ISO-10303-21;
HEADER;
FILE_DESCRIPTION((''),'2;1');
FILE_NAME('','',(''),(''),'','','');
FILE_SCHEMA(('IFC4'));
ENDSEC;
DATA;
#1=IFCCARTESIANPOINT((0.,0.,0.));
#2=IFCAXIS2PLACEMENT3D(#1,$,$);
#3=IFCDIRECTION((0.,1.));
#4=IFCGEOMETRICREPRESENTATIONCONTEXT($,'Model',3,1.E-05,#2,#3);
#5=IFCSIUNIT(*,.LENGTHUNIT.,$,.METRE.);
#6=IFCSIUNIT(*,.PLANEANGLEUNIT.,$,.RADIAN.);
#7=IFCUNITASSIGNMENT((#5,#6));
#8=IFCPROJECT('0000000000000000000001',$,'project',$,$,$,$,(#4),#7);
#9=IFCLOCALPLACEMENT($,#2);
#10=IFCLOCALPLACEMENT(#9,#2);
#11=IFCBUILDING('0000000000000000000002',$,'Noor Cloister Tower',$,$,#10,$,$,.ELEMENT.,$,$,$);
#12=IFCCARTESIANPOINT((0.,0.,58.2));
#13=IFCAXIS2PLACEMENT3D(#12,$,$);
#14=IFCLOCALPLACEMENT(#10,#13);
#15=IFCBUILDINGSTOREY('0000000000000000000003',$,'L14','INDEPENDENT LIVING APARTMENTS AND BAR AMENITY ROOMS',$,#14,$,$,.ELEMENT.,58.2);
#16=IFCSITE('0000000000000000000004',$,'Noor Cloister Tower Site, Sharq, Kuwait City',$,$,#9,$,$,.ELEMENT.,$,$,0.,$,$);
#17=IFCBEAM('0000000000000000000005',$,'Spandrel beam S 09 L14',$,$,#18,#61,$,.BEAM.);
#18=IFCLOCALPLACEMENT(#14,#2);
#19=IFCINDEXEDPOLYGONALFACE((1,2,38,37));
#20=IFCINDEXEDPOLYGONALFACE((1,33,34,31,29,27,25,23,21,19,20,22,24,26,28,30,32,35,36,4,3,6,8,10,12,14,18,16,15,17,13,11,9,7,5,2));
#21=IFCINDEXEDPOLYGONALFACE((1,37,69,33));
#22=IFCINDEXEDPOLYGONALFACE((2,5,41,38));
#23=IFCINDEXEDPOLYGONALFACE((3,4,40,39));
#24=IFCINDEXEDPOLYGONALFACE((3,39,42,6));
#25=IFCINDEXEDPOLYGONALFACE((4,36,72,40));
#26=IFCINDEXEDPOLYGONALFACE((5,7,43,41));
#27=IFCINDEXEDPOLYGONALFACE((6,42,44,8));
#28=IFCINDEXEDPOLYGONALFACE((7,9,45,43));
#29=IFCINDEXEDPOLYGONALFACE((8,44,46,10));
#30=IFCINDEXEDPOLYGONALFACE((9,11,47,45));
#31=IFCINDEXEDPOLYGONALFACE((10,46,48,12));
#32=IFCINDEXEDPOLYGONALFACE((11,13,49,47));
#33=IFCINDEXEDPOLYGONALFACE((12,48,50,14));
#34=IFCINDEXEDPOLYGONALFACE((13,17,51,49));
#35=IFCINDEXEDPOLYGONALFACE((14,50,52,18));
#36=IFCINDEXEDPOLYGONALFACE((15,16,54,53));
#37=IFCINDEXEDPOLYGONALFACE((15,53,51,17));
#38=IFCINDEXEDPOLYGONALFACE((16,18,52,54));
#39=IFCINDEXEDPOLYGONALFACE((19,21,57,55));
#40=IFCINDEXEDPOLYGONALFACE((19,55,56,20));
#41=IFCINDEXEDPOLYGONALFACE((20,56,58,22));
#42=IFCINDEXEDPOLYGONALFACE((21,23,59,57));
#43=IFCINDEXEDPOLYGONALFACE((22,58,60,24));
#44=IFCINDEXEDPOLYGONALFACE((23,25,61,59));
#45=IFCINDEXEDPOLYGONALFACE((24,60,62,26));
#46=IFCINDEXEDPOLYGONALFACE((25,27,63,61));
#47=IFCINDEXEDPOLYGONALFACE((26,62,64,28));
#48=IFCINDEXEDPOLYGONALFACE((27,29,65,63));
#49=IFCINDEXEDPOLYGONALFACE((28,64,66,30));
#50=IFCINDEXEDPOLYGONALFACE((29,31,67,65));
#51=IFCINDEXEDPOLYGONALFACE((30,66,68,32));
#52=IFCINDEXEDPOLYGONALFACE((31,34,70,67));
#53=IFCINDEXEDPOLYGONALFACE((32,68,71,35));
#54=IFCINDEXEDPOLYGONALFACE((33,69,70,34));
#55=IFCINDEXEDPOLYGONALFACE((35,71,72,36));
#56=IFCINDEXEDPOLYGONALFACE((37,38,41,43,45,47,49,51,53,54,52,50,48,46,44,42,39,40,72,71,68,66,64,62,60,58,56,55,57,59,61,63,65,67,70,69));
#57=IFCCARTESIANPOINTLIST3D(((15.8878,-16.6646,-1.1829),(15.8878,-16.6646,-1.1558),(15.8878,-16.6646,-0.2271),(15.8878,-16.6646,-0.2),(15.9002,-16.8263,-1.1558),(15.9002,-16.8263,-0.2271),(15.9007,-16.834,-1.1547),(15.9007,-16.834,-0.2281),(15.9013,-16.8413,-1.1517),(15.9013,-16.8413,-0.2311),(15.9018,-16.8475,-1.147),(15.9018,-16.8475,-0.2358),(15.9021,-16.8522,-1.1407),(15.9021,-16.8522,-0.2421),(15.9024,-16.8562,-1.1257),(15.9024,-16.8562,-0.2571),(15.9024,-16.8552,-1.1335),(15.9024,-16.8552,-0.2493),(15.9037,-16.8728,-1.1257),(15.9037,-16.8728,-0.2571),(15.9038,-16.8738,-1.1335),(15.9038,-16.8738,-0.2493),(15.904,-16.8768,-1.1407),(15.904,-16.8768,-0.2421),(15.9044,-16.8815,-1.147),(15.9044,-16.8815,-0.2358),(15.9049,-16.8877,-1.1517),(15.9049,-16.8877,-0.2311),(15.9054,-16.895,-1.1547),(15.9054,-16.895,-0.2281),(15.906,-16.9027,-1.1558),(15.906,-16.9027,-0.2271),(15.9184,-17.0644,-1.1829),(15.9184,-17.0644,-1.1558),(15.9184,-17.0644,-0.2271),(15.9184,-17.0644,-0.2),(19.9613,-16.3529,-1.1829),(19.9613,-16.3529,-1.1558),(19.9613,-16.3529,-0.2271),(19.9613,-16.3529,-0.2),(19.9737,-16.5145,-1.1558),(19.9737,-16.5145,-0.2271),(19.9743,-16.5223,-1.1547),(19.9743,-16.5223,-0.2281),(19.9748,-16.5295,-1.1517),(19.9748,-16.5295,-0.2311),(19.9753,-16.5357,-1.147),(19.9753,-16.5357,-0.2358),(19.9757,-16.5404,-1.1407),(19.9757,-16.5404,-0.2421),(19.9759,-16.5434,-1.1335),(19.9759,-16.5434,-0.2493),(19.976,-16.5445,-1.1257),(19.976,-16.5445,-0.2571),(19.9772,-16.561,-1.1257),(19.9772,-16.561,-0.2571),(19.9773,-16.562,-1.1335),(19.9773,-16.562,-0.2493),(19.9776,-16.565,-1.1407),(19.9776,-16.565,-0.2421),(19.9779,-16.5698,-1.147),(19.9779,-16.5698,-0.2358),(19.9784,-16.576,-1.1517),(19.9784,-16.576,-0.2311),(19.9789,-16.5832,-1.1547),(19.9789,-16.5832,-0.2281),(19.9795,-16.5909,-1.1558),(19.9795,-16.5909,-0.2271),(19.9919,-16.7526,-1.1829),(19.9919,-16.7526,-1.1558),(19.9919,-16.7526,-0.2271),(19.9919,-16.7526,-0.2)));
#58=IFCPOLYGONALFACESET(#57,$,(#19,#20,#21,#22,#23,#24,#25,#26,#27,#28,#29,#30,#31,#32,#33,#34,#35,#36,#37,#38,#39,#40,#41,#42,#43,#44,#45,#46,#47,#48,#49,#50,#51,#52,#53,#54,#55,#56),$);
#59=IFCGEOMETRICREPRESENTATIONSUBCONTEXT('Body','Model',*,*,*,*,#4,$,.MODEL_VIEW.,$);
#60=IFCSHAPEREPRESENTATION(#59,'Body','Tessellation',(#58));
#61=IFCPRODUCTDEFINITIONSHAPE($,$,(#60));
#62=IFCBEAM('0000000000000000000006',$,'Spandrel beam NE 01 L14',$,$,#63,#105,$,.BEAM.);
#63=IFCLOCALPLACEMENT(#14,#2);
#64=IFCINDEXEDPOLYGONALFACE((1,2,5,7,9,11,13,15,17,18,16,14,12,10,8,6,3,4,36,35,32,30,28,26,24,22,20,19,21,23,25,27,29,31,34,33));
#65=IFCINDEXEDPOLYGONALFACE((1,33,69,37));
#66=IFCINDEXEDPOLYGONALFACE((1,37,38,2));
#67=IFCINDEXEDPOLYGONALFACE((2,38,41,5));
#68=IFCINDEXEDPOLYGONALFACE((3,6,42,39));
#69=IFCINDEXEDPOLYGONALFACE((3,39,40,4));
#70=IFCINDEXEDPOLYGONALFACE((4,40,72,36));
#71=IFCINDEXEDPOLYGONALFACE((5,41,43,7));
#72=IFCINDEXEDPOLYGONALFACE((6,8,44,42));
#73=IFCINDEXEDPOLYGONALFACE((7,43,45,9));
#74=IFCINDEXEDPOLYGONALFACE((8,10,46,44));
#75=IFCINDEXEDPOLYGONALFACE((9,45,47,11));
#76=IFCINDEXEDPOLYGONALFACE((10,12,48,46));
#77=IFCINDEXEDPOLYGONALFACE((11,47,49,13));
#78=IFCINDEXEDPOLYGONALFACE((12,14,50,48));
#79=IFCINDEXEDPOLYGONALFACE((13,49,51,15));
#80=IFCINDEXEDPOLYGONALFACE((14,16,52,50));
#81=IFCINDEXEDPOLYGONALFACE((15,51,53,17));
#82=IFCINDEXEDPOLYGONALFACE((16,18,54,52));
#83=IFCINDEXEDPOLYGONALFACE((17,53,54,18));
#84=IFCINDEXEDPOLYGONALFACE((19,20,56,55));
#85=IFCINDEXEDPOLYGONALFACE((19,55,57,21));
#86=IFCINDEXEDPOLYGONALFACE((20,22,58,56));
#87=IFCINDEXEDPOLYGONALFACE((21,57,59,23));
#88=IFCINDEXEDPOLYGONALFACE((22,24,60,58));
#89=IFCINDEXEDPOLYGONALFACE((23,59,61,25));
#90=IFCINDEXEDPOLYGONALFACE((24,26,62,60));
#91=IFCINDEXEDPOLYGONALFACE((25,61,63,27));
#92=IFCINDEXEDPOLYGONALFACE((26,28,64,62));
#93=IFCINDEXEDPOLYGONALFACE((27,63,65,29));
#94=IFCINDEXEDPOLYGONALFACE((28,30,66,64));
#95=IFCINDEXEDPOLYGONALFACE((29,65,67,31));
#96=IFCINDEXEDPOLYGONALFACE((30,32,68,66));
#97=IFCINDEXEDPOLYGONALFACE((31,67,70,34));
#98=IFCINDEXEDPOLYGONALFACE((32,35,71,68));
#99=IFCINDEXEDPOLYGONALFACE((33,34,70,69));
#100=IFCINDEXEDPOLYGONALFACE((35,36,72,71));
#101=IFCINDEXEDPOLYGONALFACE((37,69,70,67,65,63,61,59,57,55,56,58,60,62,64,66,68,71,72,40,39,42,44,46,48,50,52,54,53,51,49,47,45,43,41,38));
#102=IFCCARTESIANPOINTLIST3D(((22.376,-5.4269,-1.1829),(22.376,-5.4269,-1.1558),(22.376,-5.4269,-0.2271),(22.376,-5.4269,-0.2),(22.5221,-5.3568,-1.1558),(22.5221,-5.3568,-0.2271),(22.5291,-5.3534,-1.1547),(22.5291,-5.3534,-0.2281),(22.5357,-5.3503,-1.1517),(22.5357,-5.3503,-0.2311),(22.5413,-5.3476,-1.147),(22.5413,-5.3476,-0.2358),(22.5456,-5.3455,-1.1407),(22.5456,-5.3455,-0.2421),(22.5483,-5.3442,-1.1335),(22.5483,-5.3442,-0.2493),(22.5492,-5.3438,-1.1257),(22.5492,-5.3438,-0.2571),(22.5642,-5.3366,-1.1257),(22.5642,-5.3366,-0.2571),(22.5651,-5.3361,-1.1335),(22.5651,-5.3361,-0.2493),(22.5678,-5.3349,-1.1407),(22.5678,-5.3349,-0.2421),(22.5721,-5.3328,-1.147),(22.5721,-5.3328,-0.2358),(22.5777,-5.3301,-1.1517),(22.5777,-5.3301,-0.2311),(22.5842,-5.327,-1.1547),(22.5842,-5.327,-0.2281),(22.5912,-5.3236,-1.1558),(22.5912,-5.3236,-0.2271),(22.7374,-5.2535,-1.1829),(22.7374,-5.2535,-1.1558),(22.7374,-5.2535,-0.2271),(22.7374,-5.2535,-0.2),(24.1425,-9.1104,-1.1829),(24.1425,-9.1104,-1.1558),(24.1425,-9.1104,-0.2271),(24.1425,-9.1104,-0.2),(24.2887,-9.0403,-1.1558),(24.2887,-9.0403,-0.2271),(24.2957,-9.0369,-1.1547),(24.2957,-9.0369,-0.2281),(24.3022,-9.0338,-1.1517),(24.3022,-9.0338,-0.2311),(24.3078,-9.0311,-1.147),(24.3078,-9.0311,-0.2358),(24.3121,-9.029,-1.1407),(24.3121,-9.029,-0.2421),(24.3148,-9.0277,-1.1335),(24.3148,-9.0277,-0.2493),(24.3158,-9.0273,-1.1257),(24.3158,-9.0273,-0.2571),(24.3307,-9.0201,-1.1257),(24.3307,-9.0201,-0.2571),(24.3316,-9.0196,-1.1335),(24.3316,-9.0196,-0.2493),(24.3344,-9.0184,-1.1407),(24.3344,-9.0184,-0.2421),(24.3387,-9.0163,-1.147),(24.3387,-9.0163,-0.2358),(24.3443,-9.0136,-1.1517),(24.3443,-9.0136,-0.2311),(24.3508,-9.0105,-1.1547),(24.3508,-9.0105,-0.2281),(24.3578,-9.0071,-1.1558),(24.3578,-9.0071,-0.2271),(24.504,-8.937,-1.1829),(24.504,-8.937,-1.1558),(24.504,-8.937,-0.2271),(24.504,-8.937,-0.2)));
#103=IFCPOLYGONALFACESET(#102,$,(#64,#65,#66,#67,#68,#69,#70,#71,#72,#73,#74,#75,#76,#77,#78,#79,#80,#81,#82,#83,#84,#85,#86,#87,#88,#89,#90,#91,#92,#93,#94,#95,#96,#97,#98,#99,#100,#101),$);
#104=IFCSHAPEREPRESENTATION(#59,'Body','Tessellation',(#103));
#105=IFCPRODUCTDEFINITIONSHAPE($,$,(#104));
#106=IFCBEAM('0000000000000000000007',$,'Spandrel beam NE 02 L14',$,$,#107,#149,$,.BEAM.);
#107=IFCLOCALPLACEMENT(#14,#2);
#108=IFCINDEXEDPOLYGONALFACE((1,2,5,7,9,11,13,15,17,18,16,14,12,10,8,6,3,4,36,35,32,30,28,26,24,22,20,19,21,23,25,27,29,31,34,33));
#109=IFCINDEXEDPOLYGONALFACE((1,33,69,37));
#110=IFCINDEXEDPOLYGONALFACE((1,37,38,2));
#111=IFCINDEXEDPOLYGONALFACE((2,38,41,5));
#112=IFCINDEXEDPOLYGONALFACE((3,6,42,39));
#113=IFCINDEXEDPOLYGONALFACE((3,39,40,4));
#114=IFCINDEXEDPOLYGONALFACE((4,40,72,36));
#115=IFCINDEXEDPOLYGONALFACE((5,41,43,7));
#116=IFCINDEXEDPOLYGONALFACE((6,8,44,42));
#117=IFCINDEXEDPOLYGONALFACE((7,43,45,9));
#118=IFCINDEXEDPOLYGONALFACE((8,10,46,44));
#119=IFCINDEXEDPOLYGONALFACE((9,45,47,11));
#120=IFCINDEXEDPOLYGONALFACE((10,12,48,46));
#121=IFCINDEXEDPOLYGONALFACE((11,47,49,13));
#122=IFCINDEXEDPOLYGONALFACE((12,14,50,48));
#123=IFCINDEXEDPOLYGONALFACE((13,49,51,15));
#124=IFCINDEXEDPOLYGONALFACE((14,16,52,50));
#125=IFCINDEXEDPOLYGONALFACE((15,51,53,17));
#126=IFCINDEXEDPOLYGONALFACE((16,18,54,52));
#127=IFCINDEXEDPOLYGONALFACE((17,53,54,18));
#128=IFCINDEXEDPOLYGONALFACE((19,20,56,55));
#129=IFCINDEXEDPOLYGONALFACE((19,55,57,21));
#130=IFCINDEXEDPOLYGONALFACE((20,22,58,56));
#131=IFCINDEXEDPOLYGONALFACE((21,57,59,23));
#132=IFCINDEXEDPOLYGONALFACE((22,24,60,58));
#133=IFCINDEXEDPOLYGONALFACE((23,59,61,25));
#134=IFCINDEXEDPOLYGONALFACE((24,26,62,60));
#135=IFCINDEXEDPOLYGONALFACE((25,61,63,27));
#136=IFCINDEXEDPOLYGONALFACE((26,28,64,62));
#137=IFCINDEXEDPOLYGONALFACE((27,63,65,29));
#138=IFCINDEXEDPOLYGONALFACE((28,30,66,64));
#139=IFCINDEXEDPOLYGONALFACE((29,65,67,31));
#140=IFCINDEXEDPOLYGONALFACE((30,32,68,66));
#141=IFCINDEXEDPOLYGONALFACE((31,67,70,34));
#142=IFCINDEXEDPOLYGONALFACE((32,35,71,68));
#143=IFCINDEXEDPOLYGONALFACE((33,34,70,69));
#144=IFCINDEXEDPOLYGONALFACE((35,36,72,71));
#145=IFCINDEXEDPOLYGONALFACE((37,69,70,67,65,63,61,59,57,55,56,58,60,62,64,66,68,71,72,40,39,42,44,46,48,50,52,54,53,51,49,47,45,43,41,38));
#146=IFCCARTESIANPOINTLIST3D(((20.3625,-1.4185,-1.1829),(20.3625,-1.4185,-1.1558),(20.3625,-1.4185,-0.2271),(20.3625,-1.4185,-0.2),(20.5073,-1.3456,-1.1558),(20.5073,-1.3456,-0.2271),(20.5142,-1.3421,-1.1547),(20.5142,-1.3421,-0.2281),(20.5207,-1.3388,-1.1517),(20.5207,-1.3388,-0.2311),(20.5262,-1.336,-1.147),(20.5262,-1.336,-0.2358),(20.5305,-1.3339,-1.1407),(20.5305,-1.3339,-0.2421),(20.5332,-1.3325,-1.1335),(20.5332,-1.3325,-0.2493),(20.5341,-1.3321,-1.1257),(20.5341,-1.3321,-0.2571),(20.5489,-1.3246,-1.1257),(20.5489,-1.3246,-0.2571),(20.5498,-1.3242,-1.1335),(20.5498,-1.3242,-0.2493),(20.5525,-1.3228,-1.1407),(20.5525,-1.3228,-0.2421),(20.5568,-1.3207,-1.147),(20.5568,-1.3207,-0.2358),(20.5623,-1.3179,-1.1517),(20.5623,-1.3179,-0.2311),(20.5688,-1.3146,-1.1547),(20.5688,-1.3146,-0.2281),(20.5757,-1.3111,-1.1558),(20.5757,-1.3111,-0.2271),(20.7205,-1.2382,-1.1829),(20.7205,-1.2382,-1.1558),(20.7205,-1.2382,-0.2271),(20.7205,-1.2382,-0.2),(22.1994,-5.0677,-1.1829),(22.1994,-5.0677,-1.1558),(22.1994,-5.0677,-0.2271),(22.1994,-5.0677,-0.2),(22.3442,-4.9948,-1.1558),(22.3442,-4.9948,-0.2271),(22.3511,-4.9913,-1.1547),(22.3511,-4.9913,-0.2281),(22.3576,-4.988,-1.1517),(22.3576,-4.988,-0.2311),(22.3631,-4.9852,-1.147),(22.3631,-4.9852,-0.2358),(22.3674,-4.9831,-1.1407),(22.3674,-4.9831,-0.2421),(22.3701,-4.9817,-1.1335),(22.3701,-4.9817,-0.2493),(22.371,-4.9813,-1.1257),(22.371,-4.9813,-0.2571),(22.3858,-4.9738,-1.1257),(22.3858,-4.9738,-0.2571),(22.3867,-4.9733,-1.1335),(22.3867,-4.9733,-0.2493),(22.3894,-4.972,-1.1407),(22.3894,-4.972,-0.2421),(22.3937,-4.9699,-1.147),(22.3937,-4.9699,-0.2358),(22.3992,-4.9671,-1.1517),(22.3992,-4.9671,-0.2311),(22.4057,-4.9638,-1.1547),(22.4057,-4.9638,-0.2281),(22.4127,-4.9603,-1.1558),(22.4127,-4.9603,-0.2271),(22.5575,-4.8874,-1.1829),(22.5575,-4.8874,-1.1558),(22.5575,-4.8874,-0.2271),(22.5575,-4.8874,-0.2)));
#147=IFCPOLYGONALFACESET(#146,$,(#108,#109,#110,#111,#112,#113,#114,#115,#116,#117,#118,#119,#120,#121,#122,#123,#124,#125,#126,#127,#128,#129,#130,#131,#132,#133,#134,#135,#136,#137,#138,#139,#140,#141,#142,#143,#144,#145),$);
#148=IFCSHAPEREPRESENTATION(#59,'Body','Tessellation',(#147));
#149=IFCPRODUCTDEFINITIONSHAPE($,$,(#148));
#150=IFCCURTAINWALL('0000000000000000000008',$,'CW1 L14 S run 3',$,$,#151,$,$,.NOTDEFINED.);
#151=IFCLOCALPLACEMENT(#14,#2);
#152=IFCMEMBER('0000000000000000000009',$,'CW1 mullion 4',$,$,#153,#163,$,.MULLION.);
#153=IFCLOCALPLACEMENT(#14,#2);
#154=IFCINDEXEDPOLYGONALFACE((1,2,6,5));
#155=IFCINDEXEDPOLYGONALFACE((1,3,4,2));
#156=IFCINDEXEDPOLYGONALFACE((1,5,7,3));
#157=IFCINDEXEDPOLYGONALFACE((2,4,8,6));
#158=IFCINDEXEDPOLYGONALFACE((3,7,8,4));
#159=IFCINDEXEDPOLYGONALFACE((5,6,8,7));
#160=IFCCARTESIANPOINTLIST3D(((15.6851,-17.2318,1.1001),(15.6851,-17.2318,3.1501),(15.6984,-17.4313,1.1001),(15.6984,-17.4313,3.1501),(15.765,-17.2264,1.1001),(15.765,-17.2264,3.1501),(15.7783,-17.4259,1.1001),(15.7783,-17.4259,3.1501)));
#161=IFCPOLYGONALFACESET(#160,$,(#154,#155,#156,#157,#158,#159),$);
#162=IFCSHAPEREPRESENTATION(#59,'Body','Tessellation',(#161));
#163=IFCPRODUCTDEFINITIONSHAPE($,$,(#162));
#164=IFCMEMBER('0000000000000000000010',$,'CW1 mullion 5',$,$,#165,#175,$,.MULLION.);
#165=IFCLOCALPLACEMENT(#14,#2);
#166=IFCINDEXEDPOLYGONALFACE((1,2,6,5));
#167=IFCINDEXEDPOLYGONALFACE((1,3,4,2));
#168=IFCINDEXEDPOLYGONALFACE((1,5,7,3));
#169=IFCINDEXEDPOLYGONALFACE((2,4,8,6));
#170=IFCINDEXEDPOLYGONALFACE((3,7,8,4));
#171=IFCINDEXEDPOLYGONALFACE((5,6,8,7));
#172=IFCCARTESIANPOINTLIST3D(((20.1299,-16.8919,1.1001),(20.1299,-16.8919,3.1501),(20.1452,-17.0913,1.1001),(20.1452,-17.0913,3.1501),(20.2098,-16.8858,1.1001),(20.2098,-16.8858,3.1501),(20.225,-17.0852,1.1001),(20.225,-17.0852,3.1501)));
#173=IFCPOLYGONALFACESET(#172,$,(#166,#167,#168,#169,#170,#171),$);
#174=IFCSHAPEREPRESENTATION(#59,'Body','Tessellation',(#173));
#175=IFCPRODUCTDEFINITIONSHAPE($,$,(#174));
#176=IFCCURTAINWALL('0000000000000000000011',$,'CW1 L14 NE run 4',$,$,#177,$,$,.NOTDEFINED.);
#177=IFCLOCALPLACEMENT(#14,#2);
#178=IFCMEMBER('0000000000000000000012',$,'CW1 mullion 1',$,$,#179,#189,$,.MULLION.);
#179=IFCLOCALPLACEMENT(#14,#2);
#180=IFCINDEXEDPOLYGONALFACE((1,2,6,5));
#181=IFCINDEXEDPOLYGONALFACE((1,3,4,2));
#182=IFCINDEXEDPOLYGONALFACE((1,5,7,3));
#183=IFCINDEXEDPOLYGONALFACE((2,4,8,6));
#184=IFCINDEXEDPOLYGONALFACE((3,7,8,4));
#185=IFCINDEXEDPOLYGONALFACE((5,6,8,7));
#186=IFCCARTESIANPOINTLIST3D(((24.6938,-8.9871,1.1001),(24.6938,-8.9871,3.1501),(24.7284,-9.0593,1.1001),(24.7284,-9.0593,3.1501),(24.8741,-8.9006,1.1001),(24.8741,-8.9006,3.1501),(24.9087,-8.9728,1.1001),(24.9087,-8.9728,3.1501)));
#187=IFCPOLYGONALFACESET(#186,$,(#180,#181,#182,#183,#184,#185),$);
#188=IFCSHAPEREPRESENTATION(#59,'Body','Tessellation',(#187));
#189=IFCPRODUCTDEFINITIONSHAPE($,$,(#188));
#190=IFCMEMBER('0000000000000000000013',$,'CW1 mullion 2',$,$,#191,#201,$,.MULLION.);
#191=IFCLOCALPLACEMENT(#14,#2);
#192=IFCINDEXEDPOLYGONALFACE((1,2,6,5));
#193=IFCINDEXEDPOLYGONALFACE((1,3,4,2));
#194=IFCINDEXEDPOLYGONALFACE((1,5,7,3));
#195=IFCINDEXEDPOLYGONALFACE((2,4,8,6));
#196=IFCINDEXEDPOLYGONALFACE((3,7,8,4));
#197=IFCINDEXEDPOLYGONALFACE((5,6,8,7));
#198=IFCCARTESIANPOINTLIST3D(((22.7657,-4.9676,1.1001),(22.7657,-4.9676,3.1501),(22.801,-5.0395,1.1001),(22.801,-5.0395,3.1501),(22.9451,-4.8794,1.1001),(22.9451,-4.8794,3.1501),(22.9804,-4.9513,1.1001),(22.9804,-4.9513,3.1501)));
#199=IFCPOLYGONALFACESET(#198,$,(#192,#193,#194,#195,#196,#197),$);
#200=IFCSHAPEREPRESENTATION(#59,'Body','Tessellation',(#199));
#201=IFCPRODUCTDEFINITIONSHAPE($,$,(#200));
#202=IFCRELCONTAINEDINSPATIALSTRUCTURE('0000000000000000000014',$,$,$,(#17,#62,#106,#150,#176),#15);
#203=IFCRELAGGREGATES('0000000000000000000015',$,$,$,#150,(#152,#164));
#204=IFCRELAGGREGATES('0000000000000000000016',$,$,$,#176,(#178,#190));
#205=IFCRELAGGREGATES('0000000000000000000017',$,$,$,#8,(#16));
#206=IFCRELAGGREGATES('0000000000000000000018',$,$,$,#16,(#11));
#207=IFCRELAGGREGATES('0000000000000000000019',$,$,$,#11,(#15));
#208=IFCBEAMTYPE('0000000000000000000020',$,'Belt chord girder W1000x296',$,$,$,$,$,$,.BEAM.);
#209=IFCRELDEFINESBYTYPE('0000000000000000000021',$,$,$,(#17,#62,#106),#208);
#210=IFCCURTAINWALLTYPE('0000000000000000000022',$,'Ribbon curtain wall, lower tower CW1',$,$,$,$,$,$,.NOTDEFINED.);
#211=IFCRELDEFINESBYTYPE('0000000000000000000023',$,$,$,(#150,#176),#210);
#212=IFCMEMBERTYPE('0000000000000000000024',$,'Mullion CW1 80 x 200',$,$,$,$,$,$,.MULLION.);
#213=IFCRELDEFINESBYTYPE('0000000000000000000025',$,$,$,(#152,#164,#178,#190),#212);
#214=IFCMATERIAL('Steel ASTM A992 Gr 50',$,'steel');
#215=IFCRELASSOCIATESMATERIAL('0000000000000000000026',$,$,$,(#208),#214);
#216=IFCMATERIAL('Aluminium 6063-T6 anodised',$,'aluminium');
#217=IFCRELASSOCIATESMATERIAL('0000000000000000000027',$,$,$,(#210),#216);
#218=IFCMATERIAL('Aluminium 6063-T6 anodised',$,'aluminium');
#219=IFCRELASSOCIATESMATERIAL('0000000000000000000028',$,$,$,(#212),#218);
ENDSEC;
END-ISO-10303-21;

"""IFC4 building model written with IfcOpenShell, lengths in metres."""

from ifc_helpers import new_model, si_unit, direction, frame, origin, origin_2d, place, context, subcontext, project, spatial, rectangle, i_section, extrude, material, material_profile, profile_set, type_object, element, aggregate, save


model = new_model("IFC4")

# Units and contexts
model_context = context("Model", 3, precision=1e-05, world=origin(), true_north=direction((0.0, 1.0)))
body_context = subcontext(model_context, "Body", "Model", "MODEL_VIEW")
ifc_project = project(units=[si_unit("LENGTHUNIT", "METRE"), si_unit("PLANEANGLEUNIT", "RADIAN")], contexts=[model_context])

# Site, building, storey
site_placement = place(None, origin())
site = spatial("IfcSite", under=ifc_project, at=site_placement, Name="Noor Cloister Tower Site, Sharq, Kuwait City", CompositionType="ELEMENT", RefElevation=0.0)
building_placement = place(site_placement, origin())
building = spatial("IfcBuilding", under=site, at=building_placement, Name="Noor Cloister Tower", CompositionType="ELEMENT")
storey_placement = place(building_placement, frame((0.0, 0.0, 58.2)))
storey = spatial("IfcBuildingStorey", under=building, at=storey_placement, Name="L14", Description="INDEPENDENT LIVING APARTMENTS AND BAR AMENITY ROOMS", CompositionType="ELEMENT", Elevation=58.2)

# Beams
ifc_material_1 = material(Name="Steel ASTM A992 Gr 50", Category="steel")
ifc_material_profile_1 = material_profile(ifc_material_1, i_section(OverallWidth=0.4009, OverallDepth=0.9829, WebThickness=0.0166, FlangeThickness=0.0271, FilletRadius=0.03, at=origin_2d()), Name="W1000x296")
ifc_profile_set_1 = profile_set([ifc_material_profile_1], Name="Steel ASTM A992 Gr 50")
beam_type_1 = type_object("IfcBeamType", Name="Belt chord girder W1000x296", PredefinedType="BEAM", material=ifc_profile_set_1)
beam_1_placement = place(storey_placement, frame((15.9031, -16.8645, -0.6914), z_axis=(0.997084, 0.076313, 0.0), x_axis=(-0.076313, 0.997084, 0.0)))
element("IfcBeam", 1, at=beam_1_placement, inside=storey, type_object=beam_type_1, Name="Spandrel beam S 09 L14", PredefinedType="BEAM", context=body_context, shape_type="SweptSolid", body=[
    extrude(i_section(OverallWidth=0.4009, OverallDepth=0.9829, WebThickness=0.0166, FlangeThickness=0.0271, FilletRadius=0.03, at=origin_2d()), origin(), (0.0, 0.0, 1.0), 4.0854),
])
beam_2_placement = place(storey_placement, frame((24.3232, -9.0237, -0.6914), z_axis=(-0.432428, 0.901668, 0.0), x_axis=(-0.901668, -0.432428, 0.0)))
element("IfcBeam", 2, at=beam_2_placement, inside=storey, type_object=beam_type_1, Name="Spandrel beam NE 01 L14", PredefinedType="BEAM", context=body_context, shape_type="SweptSolid", body=[
    extrude(i_section(OverallWidth=0.4009, OverallDepth=0.9829, WebThickness=0.0166, FlangeThickness=0.0271, FilletRadius=0.03, at=origin_2d()), origin(), (0.0, 0.0, 1.0), 4.0852),
])
beam_3_placement = place(storey_placement, frame((22.3784, -4.9775, -0.6914), z_axis=(-0.449626, 0.893217, 0.0), x_axis=(-0.893217, -0.449626, 0.0)))
element("IfcBeam", 3, at=beam_3_placement, inside=storey, type_object=beam_type_1, Name="Spandrel beam NE 02 L14", PredefinedType="BEAM", context=body_context, shape_type="SweptSolid", body=[
    extrude(i_section(OverallWidth=0.4009, OverallDepth=0.9829, WebThickness=0.0166, FlangeThickness=0.0271, FilletRadius=0.03, at=origin_2d()), origin(), (0.0, 0.0, 1.0), 4.0854),
])

# Curtain walls, members
ifc_material_2 = material(Name="Aluminium 6063-T6 anodised", Category="aluminium")
curtain_wall_type = type_object("IfcCurtainWallType", Name="Ribbon curtain wall, lower tower CW1", PredefinedType="NOTDEFINED", material=ifc_material_2)
curtain_wall_1_placement = place(storey_placement, origin())
curtain_wall_1 = element("IfcCurtainWall", 4, at=curtain_wall_1_placement, inside=storey, type_object=curtain_wall_type, Name="CW1 L14 S run 3", PredefinedType="NOTDEFINED")
ifc_material_3 = material(Name="Aluminium 6063-T6 anodised", Category="aluminium")
ifc_material_profile_2 = material_profile(ifc_material_3, rectangle(XDim=0.2, YDim=0.0801, at=origin_2d()), Name="200 x 80 mullion")
ifc_profile_set_2 = profile_set([ifc_material_profile_2], Name="Aluminium 6063-T6 anodised")
member_type = type_object("IfcMemberType", Name="Mullion CW1 80 x 200", PredefinedType="MULLION", material=ifc_profile_set_2)
member_1_placement = place(storey_placement, frame((15.7317, -17.3289, 1.1001), z_axis=(0.0, 0.0, 1.0), x_axis=(-0.066787, 0.997767, 0.0)))
member_1 = element("IfcMember", 5, at=member_1_placement, type_object=member_type, Name="CW1 mullion 4", PredefinedType="MULLION", context=body_context, shape_type="SweptSolid", body=[
    extrude(rectangle(XDim=0.2, YDim=0.0801, at=origin_2d()), origin(), (0.0, 0.0, 1.0), 2.05),
])
member_2_placement = place(storey_placement, frame((20.1775, -16.9885, 1.1001), z_axis=(0.0, 0.0, 1.0), x_axis=(-0.076311, 0.997084, 0.0)))
member_2 = element("IfcMember", 6, at=member_2_placement, type_object=member_type, Name="CW1 mullion 5", PredefinedType="MULLION", context=body_context, shape_type="SweptSolid", body=[
    extrude(rectangle(XDim=0.2, YDim=0.0801, at=origin_2d()), origin(), (0.0, 0.0, 1.0), 2.05),
])
curtain_wall_2_placement = place(storey_placement, origin())
curtain_wall_2 = element("IfcCurtainWall", 7, at=curtain_wall_2_placement, inside=storey, type_object=curtain_wall_type, Name="CW1 L14 NE run 4", PredefinedType="NOTDEFINED")
member_3_placement = place(storey_placement, frame((24.8013, -8.98, 1.1001), z_axis=(0.0, 0.0, 1.0), x_axis=(-0.901656, -0.432455, 0.0)))
member_3 = element("IfcMember", 8, at=member_3_placement, type_object=member_type, Name="CW1 mullion 1", PredefinedType="MULLION", context=body_context, shape_type="SweptSolid", body=[
    extrude(rectangle(XDim=0.2, YDim=0.0801, at=origin_2d()), origin(), (0.0, 0.0, 1.0), 2.05),
])
member_4_placement = place(storey_placement, frame((22.873, -4.9595, 1.1001), z_axis=(0.0, 0.0, 1.0), x_axis=(-0.897485, -0.441044, 0.0)))
member_4 = element("IfcMember", 9, at=member_4_placement, type_object=member_type, Name="CW1 mullion 2", PredefinedType="MULLION", context=body_context, shape_type="SweptSolid", body=[
    extrude(rectangle(XDim=0.2, YDim=0.0801, at=origin_2d()), origin(), (0.0, 0.0, 1.0), 2.05),
])

aggregate(curtain_wall_1, [member_1, member_2])
aggregate(curtain_wall_2, [member_3, member_4])

save(model, "model.ifc")
